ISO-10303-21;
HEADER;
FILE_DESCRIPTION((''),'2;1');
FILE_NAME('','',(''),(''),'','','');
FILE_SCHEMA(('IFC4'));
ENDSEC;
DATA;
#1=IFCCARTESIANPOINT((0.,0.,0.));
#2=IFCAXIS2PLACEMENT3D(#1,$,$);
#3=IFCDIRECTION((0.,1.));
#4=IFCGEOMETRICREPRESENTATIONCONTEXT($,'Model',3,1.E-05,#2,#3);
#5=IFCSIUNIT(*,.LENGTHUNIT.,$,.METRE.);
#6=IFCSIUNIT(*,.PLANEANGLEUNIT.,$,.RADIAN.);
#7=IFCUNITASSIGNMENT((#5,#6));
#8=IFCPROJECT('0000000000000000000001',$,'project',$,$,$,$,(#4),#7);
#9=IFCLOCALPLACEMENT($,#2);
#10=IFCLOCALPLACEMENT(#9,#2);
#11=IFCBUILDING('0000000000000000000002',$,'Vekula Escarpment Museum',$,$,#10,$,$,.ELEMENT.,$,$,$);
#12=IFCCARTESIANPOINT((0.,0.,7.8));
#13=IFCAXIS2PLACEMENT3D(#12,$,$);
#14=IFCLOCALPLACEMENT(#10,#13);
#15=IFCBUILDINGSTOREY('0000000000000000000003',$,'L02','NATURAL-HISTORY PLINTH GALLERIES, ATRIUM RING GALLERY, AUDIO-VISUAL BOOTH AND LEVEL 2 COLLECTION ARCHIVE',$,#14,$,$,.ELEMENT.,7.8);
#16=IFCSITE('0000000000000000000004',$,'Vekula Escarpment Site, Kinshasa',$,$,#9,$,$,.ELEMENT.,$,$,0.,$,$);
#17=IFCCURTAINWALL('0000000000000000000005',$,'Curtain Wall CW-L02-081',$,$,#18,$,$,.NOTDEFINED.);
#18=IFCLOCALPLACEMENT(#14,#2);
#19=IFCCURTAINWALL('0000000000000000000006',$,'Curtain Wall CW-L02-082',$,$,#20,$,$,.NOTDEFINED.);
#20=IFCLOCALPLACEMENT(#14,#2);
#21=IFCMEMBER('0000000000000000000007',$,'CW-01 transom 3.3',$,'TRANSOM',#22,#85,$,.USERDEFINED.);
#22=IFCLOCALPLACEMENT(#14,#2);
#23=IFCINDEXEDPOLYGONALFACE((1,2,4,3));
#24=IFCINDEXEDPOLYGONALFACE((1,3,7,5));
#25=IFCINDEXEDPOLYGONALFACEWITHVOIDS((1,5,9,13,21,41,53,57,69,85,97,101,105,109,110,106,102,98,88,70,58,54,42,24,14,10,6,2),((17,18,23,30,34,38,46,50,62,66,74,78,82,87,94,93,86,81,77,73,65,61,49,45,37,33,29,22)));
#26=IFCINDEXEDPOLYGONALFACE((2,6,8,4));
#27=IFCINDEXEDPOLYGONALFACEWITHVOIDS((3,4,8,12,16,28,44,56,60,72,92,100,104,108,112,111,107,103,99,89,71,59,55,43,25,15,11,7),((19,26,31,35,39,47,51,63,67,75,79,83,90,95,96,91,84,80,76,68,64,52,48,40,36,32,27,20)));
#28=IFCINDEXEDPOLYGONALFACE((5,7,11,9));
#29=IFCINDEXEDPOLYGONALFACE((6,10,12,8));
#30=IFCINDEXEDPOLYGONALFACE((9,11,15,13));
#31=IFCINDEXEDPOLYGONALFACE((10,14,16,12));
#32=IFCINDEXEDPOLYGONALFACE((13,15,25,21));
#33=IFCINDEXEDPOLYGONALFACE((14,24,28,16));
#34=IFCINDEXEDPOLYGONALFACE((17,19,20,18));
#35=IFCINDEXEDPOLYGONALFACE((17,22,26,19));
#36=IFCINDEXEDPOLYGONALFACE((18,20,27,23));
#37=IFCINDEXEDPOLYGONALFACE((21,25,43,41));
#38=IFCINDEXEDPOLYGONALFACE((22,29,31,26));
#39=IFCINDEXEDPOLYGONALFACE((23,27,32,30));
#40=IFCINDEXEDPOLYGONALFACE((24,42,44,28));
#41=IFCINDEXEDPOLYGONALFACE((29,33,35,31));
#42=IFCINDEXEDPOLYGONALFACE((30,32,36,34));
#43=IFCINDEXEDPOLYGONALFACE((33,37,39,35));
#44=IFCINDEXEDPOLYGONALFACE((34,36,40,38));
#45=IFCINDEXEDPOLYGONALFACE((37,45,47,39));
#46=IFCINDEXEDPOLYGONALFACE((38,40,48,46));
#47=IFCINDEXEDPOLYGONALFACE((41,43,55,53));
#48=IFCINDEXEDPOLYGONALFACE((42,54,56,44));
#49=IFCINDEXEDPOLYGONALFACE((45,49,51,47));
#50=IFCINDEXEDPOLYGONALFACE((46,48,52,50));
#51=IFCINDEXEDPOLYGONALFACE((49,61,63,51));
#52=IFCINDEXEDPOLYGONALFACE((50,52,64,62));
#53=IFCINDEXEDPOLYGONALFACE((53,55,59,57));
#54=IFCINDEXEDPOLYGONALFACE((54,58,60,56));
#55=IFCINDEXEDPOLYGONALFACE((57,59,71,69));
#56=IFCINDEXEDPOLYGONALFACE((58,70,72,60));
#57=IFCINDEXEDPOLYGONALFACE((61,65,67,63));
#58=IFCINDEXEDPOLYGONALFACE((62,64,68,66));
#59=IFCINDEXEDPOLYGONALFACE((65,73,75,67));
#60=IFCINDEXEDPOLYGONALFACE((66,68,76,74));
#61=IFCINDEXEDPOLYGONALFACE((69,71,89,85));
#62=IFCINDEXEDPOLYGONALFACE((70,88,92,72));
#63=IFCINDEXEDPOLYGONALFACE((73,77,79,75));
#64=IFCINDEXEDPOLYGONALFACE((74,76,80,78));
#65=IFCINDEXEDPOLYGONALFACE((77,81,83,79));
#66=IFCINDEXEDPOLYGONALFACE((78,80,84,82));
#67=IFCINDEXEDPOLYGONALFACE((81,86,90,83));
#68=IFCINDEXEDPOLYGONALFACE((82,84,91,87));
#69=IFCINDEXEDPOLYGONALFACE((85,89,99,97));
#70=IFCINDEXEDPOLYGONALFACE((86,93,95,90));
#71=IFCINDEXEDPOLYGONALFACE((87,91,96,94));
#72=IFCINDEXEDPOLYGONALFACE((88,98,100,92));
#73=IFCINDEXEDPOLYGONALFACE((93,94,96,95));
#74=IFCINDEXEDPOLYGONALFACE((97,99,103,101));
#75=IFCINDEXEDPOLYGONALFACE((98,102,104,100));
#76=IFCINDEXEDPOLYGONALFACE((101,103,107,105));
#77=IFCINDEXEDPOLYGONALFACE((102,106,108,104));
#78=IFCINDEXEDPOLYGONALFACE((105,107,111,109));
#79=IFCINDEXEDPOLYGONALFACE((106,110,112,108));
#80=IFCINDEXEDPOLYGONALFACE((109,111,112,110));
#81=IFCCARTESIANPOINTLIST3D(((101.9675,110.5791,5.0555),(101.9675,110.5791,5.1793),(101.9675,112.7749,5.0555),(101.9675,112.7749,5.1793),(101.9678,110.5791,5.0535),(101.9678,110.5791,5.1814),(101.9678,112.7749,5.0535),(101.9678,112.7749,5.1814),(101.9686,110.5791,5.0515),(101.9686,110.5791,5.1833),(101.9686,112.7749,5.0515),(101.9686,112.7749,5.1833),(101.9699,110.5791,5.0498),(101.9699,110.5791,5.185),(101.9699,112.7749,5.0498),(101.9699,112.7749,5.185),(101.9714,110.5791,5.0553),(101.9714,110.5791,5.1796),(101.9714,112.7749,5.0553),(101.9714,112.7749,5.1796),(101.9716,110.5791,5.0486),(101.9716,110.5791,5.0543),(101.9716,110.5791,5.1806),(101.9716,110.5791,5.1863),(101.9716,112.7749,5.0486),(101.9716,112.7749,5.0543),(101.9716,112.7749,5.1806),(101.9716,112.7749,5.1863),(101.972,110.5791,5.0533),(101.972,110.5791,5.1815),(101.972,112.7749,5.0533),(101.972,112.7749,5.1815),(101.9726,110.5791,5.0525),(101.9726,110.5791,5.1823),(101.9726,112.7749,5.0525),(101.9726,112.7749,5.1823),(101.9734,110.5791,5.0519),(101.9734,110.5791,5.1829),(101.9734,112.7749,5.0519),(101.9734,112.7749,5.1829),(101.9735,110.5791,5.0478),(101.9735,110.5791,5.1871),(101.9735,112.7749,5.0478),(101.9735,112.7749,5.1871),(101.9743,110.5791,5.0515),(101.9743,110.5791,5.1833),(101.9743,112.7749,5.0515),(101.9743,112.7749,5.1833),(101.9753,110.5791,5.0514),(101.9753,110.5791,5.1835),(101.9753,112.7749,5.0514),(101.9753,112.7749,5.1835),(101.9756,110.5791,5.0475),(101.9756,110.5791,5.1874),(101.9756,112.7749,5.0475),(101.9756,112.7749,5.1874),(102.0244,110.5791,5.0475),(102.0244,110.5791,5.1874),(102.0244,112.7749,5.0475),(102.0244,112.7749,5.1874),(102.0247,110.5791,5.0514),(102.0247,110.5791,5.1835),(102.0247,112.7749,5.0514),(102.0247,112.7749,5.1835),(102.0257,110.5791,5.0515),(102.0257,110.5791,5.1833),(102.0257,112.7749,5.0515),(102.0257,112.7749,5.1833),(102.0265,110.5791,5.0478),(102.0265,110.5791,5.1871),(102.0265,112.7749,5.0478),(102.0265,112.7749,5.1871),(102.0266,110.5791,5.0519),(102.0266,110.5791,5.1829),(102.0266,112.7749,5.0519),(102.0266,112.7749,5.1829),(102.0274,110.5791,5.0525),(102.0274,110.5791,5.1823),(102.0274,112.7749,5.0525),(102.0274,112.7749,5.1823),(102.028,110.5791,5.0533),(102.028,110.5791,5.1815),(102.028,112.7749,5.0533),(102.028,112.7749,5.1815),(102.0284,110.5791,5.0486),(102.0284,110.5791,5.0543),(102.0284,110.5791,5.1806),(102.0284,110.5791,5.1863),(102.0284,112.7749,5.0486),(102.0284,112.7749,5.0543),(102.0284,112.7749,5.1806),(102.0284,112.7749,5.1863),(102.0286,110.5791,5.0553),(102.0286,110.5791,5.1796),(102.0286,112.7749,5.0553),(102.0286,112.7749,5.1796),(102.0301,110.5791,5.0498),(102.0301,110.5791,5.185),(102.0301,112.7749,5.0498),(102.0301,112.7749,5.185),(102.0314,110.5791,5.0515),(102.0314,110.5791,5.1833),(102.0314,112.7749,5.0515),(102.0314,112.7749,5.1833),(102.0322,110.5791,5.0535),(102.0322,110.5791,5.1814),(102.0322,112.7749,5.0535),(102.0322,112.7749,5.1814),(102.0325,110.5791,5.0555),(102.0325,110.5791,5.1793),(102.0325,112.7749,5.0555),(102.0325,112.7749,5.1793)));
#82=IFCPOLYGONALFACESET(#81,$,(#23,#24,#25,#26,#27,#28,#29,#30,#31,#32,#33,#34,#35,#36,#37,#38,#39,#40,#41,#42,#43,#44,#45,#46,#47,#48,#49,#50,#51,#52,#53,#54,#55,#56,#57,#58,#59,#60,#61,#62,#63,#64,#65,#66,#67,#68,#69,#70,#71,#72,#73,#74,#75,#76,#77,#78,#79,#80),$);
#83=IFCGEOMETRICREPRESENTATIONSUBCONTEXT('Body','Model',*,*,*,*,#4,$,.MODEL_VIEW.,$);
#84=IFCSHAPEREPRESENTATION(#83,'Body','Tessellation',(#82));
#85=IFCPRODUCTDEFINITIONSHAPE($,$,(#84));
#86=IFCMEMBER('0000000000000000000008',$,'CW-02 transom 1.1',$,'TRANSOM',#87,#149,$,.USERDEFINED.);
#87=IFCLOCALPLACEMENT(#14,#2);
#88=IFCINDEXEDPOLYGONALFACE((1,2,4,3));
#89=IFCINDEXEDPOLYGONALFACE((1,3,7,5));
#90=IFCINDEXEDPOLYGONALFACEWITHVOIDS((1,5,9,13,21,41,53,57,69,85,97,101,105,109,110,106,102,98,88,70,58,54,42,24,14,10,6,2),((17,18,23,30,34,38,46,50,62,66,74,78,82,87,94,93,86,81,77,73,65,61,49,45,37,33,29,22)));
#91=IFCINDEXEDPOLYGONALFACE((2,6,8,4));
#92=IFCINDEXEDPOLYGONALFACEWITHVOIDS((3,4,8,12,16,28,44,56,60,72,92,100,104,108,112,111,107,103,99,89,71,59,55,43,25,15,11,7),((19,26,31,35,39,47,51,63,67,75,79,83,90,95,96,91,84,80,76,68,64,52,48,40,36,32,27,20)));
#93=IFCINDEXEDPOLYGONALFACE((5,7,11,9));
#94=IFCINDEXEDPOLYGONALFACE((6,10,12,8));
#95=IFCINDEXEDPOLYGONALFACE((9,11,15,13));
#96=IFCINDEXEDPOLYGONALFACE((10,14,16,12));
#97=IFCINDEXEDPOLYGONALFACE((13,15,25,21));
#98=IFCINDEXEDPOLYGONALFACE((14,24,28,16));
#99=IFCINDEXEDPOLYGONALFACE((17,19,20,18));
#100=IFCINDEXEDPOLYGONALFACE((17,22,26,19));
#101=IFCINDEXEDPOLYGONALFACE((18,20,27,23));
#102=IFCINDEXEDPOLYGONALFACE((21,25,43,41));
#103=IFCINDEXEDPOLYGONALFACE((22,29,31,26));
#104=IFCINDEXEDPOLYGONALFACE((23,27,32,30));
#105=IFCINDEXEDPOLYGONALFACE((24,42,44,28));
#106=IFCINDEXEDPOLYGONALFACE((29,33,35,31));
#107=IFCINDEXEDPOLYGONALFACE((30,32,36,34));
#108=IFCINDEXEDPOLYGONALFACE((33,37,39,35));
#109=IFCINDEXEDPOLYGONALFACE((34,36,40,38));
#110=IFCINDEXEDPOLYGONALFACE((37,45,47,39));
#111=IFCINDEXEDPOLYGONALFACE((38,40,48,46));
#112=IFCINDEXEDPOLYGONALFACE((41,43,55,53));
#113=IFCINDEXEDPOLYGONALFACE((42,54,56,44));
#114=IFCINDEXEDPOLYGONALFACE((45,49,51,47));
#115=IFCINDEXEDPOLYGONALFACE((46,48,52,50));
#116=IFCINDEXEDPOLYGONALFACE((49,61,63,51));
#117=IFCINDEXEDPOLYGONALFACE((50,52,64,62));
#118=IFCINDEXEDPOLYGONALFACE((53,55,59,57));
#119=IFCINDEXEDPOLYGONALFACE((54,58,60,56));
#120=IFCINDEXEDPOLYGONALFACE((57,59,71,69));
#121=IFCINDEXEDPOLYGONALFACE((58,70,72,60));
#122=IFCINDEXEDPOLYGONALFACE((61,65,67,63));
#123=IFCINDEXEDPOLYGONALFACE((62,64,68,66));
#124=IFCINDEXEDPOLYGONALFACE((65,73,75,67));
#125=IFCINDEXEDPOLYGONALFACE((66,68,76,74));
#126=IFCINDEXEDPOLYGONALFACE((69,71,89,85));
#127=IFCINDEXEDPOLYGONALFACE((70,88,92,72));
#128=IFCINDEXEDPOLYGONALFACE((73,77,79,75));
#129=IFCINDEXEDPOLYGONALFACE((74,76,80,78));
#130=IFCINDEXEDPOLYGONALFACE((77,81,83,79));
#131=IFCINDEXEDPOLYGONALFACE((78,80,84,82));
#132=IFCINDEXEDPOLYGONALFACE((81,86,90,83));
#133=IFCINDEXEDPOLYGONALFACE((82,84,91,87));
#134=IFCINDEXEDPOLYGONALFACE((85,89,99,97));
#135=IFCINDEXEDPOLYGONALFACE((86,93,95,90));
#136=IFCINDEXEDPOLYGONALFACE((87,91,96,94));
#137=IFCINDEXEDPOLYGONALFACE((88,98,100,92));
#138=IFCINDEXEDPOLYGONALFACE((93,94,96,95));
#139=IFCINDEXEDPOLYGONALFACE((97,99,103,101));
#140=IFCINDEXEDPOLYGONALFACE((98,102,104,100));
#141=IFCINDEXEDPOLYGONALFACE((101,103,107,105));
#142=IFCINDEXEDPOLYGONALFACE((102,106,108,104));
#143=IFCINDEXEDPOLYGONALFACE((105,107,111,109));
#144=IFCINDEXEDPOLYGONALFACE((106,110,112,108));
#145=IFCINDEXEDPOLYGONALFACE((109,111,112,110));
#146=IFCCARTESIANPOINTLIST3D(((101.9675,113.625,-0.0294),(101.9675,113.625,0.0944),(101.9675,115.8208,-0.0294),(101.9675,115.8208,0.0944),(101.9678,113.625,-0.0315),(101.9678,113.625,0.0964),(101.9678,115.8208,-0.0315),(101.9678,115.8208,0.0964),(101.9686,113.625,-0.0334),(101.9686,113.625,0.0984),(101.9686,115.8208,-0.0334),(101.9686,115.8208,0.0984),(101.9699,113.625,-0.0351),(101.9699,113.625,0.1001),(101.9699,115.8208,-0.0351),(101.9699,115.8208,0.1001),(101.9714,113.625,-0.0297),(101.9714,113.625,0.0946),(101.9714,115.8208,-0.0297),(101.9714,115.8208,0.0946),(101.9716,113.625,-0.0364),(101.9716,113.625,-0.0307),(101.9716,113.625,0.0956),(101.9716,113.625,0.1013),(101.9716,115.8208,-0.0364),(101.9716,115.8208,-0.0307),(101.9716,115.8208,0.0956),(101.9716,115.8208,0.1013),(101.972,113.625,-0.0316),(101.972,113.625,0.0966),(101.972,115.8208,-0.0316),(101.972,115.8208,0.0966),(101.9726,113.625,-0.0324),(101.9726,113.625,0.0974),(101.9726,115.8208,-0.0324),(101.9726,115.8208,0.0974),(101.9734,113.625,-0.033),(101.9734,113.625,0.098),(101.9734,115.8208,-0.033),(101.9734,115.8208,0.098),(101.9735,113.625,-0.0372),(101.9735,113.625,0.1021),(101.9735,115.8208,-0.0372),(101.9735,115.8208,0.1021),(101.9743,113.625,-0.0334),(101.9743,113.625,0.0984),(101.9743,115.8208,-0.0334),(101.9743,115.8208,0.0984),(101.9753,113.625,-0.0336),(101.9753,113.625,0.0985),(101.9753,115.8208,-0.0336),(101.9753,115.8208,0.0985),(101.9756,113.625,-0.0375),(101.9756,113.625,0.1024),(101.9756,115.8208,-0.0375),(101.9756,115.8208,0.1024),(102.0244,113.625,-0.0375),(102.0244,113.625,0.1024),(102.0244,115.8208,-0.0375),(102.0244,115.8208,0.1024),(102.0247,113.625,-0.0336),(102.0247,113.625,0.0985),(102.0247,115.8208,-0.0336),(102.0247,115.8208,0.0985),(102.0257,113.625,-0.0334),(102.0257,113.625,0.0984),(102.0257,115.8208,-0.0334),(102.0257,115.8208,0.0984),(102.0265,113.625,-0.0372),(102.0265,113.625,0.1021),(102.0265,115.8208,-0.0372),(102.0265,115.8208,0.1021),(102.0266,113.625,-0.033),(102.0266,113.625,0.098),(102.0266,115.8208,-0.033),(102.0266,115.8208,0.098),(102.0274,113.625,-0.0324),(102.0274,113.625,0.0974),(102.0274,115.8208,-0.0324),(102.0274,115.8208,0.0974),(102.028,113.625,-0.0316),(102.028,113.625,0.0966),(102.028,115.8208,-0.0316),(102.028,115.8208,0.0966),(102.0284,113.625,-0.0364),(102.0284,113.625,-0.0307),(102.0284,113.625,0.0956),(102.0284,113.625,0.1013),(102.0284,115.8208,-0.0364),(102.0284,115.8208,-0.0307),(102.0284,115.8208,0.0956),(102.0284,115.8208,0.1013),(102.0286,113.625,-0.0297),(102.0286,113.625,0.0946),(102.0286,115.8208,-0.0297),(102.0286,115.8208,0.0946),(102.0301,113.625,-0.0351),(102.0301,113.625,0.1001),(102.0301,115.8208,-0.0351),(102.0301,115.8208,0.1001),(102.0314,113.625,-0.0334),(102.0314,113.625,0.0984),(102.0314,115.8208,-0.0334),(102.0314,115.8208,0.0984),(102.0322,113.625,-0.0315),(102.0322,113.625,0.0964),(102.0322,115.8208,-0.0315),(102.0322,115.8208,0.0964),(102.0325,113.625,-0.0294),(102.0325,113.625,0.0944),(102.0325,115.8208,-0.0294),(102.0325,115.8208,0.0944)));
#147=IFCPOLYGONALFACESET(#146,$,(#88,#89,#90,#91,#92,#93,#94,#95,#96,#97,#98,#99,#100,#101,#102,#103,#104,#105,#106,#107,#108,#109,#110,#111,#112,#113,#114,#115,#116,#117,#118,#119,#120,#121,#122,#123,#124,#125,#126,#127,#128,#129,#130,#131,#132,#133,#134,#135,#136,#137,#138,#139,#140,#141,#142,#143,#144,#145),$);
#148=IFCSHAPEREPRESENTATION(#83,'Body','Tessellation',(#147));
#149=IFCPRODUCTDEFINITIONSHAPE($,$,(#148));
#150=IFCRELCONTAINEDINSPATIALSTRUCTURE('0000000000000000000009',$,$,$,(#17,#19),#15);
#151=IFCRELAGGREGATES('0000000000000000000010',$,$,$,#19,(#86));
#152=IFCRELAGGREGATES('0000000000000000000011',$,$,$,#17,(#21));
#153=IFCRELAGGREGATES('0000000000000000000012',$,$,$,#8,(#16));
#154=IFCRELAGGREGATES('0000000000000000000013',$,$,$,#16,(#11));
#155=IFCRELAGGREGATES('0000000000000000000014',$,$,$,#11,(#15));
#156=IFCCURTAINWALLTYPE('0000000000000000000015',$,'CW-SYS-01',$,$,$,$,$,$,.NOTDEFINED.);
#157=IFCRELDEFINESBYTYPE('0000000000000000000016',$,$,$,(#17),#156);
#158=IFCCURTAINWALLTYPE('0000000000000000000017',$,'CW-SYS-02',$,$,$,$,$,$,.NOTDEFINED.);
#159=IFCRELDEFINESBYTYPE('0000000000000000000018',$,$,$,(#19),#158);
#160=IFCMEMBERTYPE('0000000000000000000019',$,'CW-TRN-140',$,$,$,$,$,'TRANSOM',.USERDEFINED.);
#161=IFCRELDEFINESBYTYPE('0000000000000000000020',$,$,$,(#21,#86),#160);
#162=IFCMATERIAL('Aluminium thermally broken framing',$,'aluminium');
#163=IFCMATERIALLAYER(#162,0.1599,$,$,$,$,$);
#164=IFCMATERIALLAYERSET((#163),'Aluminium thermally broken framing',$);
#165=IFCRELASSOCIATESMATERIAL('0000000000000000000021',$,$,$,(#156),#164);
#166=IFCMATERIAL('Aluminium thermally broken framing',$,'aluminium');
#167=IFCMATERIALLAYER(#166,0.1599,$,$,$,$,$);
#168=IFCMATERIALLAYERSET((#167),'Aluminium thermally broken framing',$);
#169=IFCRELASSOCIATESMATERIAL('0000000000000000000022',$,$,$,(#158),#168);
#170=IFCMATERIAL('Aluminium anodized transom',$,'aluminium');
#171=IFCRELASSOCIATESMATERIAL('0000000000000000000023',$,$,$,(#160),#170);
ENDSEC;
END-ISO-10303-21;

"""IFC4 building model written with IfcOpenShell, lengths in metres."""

from ifc_helpers import new_model, si_unit, direction, frame, origin, origin_2d, place, context, subcontext, project, spatial, hollow_rectangle, extrude, material, layer, layer_set, material_profile, profile_set, type_object, element, aggregate, save


model = new_model("IFC4")

# Units and contexts
model_context = context("Model", 3, precision=1e-05, world=origin(), true_north=direction((0.0, 1.0)))
body_context = subcontext(model_context, "Body", "Model", "MODEL_VIEW")
ifc_project = project(units=[si_unit("LENGTHUNIT", "METRE"), si_unit("PLANEANGLEUNIT", "RADIAN")], contexts=[model_context])

# Site, building, storey
site_placement = place(None, origin())
site = spatial("IfcSite", under=ifc_project, at=site_placement, Name="Vekula Escarpment Site, Kinshasa", CompositionType="ELEMENT", RefElevation=0.0)
building_placement = place(site_placement, origin())
building = spatial("IfcBuilding", under=site, at=building_placement, Name="Vekula Escarpment Museum", CompositionType="ELEMENT")
storey_placement = place(building_placement, frame((0.0, 0.0, 7.8)))
storey = spatial("IfcBuildingStorey", under=building, at=storey_placement, Name="L02", Description="NATURAL-HISTORY PLINTH GALLERIES, ATRIUM RING GALLERY, AUDIO-VISUAL BOOTH AND LEVEL 2 COLLECTION ARCHIVE", CompositionType="ELEMENT", Elevation=7.8)

# Curtain wall
ifc_material_1 = material(Name="Aluminium thermally broken framing", Category="aluminium")
ifc_layer_1 = layer(ifc_material_1, 0.1599)
ifc_layer_set_1 = layer_set([ifc_layer_1], Name="Aluminium thermally broken framing")
curtain_wall_type_1 = type_object("IfcCurtainWallType", Name="CW-SYS-01", PredefinedType="NOTDEFINED", material=ifc_layer_set_1)
curtain_wall_1_placement = place(storey_placement, origin())
curtain_wall_1 = element("IfcCurtainWall", 1, at=curtain_wall_1_placement, inside=storey, type_object=curtain_wall_type_1, Name="Curtain Wall CW-L02-081", PredefinedType="NOTDEFINED")

# Curtain wall
ifc_material_2 = material(Name="Aluminium thermally broken framing", Category="aluminium")
ifc_layer_2 = layer(ifc_material_2, 0.1599)
ifc_layer_set_2 = layer_set([ifc_layer_2], Name="Aluminium thermally broken framing")
curtain_wall_type_2 = type_object("IfcCurtainWallType", Name="CW-SYS-02", PredefinedType="NOTDEFINED", material=ifc_layer_set_2)
curtain_wall_2_placement = place(storey_placement, origin())
curtain_wall_2 = element("IfcCurtainWall", 2, at=curtain_wall_2_placement, inside=storey, type_object=curtain_wall_type_2, Name="Curtain Wall CW-L02-082", PredefinedType="NOTDEFINED")

# Members
ifc_material_3 = material(Name="Aluminium anodized transom", Category="aluminium")
ifc_material_profile_1 = material_profile(ifc_material_3, hollow_rectangle(XDim=0.0649, YDim=0.1399, WallThickness=0.0039, InnerFilletRadius=0.0039, OuterFilletRadius=0.0081, at=origin_2d()), Name="ALU 140x65x4")
ifc_profile_set_1 = profile_set([ifc_material_profile_1], Name="Aluminium anodized transom")
member_type_1 = type_object("IfcMemberType", Name="CW-TRN-140", ElementType="TRANSOM", PredefinedType="USERDEFINED", material=ifc_profile_set_1)
member_1_placement = place(storey_placement, frame((102.0, 110.5791, 5.1174), z_axis=(0.0, 1.0, 0.0), x_axis=(-1.0, 0.0, 0.0)))
member_1 = element("IfcMember", 3, at=member_1_placement, type_object=member_type_1, Name="CW-01 transom 3.3", ObjectType="TRANSOM", PredefinedType="USERDEFINED", context=body_context, shape_type="SweptSolid", body=[
    extrude(hollow_rectangle(XDim=0.0649, YDim=0.1399, WallThickness=0.0039, InnerFilletRadius=0.0039, OuterFilletRadius=0.0081, at=origin_2d()), origin(), (0.0, 0.0, 1.0), 2.1958),
])
member_2_placement = place(storey_placement, frame((102.0, 113.625, 0.0325), z_axis=(0.0, 1.0, 0.0), x_axis=(-1.0, 0.0, 0.0)))
member_2 = element("IfcMember", 4, at=member_2_placement, type_object=member_type_1, Name="CW-02 transom 1.1", ObjectType="TRANSOM", PredefinedType="USERDEFINED", context=body_context, shape_type="SweptSolid", body=[
    extrude(hollow_rectangle(XDim=0.0649, YDim=0.1399, WallThickness=0.0039, InnerFilletRadius=0.0039, OuterFilletRadius=0.0081, at=origin_2d()), origin(), (0.0, 0.0, 1.0), 2.1958),
])
aggregate(curtain_wall_2, [member_2])

aggregate(curtain_wall_1, [member_1])

save(model, "model.ifc")
